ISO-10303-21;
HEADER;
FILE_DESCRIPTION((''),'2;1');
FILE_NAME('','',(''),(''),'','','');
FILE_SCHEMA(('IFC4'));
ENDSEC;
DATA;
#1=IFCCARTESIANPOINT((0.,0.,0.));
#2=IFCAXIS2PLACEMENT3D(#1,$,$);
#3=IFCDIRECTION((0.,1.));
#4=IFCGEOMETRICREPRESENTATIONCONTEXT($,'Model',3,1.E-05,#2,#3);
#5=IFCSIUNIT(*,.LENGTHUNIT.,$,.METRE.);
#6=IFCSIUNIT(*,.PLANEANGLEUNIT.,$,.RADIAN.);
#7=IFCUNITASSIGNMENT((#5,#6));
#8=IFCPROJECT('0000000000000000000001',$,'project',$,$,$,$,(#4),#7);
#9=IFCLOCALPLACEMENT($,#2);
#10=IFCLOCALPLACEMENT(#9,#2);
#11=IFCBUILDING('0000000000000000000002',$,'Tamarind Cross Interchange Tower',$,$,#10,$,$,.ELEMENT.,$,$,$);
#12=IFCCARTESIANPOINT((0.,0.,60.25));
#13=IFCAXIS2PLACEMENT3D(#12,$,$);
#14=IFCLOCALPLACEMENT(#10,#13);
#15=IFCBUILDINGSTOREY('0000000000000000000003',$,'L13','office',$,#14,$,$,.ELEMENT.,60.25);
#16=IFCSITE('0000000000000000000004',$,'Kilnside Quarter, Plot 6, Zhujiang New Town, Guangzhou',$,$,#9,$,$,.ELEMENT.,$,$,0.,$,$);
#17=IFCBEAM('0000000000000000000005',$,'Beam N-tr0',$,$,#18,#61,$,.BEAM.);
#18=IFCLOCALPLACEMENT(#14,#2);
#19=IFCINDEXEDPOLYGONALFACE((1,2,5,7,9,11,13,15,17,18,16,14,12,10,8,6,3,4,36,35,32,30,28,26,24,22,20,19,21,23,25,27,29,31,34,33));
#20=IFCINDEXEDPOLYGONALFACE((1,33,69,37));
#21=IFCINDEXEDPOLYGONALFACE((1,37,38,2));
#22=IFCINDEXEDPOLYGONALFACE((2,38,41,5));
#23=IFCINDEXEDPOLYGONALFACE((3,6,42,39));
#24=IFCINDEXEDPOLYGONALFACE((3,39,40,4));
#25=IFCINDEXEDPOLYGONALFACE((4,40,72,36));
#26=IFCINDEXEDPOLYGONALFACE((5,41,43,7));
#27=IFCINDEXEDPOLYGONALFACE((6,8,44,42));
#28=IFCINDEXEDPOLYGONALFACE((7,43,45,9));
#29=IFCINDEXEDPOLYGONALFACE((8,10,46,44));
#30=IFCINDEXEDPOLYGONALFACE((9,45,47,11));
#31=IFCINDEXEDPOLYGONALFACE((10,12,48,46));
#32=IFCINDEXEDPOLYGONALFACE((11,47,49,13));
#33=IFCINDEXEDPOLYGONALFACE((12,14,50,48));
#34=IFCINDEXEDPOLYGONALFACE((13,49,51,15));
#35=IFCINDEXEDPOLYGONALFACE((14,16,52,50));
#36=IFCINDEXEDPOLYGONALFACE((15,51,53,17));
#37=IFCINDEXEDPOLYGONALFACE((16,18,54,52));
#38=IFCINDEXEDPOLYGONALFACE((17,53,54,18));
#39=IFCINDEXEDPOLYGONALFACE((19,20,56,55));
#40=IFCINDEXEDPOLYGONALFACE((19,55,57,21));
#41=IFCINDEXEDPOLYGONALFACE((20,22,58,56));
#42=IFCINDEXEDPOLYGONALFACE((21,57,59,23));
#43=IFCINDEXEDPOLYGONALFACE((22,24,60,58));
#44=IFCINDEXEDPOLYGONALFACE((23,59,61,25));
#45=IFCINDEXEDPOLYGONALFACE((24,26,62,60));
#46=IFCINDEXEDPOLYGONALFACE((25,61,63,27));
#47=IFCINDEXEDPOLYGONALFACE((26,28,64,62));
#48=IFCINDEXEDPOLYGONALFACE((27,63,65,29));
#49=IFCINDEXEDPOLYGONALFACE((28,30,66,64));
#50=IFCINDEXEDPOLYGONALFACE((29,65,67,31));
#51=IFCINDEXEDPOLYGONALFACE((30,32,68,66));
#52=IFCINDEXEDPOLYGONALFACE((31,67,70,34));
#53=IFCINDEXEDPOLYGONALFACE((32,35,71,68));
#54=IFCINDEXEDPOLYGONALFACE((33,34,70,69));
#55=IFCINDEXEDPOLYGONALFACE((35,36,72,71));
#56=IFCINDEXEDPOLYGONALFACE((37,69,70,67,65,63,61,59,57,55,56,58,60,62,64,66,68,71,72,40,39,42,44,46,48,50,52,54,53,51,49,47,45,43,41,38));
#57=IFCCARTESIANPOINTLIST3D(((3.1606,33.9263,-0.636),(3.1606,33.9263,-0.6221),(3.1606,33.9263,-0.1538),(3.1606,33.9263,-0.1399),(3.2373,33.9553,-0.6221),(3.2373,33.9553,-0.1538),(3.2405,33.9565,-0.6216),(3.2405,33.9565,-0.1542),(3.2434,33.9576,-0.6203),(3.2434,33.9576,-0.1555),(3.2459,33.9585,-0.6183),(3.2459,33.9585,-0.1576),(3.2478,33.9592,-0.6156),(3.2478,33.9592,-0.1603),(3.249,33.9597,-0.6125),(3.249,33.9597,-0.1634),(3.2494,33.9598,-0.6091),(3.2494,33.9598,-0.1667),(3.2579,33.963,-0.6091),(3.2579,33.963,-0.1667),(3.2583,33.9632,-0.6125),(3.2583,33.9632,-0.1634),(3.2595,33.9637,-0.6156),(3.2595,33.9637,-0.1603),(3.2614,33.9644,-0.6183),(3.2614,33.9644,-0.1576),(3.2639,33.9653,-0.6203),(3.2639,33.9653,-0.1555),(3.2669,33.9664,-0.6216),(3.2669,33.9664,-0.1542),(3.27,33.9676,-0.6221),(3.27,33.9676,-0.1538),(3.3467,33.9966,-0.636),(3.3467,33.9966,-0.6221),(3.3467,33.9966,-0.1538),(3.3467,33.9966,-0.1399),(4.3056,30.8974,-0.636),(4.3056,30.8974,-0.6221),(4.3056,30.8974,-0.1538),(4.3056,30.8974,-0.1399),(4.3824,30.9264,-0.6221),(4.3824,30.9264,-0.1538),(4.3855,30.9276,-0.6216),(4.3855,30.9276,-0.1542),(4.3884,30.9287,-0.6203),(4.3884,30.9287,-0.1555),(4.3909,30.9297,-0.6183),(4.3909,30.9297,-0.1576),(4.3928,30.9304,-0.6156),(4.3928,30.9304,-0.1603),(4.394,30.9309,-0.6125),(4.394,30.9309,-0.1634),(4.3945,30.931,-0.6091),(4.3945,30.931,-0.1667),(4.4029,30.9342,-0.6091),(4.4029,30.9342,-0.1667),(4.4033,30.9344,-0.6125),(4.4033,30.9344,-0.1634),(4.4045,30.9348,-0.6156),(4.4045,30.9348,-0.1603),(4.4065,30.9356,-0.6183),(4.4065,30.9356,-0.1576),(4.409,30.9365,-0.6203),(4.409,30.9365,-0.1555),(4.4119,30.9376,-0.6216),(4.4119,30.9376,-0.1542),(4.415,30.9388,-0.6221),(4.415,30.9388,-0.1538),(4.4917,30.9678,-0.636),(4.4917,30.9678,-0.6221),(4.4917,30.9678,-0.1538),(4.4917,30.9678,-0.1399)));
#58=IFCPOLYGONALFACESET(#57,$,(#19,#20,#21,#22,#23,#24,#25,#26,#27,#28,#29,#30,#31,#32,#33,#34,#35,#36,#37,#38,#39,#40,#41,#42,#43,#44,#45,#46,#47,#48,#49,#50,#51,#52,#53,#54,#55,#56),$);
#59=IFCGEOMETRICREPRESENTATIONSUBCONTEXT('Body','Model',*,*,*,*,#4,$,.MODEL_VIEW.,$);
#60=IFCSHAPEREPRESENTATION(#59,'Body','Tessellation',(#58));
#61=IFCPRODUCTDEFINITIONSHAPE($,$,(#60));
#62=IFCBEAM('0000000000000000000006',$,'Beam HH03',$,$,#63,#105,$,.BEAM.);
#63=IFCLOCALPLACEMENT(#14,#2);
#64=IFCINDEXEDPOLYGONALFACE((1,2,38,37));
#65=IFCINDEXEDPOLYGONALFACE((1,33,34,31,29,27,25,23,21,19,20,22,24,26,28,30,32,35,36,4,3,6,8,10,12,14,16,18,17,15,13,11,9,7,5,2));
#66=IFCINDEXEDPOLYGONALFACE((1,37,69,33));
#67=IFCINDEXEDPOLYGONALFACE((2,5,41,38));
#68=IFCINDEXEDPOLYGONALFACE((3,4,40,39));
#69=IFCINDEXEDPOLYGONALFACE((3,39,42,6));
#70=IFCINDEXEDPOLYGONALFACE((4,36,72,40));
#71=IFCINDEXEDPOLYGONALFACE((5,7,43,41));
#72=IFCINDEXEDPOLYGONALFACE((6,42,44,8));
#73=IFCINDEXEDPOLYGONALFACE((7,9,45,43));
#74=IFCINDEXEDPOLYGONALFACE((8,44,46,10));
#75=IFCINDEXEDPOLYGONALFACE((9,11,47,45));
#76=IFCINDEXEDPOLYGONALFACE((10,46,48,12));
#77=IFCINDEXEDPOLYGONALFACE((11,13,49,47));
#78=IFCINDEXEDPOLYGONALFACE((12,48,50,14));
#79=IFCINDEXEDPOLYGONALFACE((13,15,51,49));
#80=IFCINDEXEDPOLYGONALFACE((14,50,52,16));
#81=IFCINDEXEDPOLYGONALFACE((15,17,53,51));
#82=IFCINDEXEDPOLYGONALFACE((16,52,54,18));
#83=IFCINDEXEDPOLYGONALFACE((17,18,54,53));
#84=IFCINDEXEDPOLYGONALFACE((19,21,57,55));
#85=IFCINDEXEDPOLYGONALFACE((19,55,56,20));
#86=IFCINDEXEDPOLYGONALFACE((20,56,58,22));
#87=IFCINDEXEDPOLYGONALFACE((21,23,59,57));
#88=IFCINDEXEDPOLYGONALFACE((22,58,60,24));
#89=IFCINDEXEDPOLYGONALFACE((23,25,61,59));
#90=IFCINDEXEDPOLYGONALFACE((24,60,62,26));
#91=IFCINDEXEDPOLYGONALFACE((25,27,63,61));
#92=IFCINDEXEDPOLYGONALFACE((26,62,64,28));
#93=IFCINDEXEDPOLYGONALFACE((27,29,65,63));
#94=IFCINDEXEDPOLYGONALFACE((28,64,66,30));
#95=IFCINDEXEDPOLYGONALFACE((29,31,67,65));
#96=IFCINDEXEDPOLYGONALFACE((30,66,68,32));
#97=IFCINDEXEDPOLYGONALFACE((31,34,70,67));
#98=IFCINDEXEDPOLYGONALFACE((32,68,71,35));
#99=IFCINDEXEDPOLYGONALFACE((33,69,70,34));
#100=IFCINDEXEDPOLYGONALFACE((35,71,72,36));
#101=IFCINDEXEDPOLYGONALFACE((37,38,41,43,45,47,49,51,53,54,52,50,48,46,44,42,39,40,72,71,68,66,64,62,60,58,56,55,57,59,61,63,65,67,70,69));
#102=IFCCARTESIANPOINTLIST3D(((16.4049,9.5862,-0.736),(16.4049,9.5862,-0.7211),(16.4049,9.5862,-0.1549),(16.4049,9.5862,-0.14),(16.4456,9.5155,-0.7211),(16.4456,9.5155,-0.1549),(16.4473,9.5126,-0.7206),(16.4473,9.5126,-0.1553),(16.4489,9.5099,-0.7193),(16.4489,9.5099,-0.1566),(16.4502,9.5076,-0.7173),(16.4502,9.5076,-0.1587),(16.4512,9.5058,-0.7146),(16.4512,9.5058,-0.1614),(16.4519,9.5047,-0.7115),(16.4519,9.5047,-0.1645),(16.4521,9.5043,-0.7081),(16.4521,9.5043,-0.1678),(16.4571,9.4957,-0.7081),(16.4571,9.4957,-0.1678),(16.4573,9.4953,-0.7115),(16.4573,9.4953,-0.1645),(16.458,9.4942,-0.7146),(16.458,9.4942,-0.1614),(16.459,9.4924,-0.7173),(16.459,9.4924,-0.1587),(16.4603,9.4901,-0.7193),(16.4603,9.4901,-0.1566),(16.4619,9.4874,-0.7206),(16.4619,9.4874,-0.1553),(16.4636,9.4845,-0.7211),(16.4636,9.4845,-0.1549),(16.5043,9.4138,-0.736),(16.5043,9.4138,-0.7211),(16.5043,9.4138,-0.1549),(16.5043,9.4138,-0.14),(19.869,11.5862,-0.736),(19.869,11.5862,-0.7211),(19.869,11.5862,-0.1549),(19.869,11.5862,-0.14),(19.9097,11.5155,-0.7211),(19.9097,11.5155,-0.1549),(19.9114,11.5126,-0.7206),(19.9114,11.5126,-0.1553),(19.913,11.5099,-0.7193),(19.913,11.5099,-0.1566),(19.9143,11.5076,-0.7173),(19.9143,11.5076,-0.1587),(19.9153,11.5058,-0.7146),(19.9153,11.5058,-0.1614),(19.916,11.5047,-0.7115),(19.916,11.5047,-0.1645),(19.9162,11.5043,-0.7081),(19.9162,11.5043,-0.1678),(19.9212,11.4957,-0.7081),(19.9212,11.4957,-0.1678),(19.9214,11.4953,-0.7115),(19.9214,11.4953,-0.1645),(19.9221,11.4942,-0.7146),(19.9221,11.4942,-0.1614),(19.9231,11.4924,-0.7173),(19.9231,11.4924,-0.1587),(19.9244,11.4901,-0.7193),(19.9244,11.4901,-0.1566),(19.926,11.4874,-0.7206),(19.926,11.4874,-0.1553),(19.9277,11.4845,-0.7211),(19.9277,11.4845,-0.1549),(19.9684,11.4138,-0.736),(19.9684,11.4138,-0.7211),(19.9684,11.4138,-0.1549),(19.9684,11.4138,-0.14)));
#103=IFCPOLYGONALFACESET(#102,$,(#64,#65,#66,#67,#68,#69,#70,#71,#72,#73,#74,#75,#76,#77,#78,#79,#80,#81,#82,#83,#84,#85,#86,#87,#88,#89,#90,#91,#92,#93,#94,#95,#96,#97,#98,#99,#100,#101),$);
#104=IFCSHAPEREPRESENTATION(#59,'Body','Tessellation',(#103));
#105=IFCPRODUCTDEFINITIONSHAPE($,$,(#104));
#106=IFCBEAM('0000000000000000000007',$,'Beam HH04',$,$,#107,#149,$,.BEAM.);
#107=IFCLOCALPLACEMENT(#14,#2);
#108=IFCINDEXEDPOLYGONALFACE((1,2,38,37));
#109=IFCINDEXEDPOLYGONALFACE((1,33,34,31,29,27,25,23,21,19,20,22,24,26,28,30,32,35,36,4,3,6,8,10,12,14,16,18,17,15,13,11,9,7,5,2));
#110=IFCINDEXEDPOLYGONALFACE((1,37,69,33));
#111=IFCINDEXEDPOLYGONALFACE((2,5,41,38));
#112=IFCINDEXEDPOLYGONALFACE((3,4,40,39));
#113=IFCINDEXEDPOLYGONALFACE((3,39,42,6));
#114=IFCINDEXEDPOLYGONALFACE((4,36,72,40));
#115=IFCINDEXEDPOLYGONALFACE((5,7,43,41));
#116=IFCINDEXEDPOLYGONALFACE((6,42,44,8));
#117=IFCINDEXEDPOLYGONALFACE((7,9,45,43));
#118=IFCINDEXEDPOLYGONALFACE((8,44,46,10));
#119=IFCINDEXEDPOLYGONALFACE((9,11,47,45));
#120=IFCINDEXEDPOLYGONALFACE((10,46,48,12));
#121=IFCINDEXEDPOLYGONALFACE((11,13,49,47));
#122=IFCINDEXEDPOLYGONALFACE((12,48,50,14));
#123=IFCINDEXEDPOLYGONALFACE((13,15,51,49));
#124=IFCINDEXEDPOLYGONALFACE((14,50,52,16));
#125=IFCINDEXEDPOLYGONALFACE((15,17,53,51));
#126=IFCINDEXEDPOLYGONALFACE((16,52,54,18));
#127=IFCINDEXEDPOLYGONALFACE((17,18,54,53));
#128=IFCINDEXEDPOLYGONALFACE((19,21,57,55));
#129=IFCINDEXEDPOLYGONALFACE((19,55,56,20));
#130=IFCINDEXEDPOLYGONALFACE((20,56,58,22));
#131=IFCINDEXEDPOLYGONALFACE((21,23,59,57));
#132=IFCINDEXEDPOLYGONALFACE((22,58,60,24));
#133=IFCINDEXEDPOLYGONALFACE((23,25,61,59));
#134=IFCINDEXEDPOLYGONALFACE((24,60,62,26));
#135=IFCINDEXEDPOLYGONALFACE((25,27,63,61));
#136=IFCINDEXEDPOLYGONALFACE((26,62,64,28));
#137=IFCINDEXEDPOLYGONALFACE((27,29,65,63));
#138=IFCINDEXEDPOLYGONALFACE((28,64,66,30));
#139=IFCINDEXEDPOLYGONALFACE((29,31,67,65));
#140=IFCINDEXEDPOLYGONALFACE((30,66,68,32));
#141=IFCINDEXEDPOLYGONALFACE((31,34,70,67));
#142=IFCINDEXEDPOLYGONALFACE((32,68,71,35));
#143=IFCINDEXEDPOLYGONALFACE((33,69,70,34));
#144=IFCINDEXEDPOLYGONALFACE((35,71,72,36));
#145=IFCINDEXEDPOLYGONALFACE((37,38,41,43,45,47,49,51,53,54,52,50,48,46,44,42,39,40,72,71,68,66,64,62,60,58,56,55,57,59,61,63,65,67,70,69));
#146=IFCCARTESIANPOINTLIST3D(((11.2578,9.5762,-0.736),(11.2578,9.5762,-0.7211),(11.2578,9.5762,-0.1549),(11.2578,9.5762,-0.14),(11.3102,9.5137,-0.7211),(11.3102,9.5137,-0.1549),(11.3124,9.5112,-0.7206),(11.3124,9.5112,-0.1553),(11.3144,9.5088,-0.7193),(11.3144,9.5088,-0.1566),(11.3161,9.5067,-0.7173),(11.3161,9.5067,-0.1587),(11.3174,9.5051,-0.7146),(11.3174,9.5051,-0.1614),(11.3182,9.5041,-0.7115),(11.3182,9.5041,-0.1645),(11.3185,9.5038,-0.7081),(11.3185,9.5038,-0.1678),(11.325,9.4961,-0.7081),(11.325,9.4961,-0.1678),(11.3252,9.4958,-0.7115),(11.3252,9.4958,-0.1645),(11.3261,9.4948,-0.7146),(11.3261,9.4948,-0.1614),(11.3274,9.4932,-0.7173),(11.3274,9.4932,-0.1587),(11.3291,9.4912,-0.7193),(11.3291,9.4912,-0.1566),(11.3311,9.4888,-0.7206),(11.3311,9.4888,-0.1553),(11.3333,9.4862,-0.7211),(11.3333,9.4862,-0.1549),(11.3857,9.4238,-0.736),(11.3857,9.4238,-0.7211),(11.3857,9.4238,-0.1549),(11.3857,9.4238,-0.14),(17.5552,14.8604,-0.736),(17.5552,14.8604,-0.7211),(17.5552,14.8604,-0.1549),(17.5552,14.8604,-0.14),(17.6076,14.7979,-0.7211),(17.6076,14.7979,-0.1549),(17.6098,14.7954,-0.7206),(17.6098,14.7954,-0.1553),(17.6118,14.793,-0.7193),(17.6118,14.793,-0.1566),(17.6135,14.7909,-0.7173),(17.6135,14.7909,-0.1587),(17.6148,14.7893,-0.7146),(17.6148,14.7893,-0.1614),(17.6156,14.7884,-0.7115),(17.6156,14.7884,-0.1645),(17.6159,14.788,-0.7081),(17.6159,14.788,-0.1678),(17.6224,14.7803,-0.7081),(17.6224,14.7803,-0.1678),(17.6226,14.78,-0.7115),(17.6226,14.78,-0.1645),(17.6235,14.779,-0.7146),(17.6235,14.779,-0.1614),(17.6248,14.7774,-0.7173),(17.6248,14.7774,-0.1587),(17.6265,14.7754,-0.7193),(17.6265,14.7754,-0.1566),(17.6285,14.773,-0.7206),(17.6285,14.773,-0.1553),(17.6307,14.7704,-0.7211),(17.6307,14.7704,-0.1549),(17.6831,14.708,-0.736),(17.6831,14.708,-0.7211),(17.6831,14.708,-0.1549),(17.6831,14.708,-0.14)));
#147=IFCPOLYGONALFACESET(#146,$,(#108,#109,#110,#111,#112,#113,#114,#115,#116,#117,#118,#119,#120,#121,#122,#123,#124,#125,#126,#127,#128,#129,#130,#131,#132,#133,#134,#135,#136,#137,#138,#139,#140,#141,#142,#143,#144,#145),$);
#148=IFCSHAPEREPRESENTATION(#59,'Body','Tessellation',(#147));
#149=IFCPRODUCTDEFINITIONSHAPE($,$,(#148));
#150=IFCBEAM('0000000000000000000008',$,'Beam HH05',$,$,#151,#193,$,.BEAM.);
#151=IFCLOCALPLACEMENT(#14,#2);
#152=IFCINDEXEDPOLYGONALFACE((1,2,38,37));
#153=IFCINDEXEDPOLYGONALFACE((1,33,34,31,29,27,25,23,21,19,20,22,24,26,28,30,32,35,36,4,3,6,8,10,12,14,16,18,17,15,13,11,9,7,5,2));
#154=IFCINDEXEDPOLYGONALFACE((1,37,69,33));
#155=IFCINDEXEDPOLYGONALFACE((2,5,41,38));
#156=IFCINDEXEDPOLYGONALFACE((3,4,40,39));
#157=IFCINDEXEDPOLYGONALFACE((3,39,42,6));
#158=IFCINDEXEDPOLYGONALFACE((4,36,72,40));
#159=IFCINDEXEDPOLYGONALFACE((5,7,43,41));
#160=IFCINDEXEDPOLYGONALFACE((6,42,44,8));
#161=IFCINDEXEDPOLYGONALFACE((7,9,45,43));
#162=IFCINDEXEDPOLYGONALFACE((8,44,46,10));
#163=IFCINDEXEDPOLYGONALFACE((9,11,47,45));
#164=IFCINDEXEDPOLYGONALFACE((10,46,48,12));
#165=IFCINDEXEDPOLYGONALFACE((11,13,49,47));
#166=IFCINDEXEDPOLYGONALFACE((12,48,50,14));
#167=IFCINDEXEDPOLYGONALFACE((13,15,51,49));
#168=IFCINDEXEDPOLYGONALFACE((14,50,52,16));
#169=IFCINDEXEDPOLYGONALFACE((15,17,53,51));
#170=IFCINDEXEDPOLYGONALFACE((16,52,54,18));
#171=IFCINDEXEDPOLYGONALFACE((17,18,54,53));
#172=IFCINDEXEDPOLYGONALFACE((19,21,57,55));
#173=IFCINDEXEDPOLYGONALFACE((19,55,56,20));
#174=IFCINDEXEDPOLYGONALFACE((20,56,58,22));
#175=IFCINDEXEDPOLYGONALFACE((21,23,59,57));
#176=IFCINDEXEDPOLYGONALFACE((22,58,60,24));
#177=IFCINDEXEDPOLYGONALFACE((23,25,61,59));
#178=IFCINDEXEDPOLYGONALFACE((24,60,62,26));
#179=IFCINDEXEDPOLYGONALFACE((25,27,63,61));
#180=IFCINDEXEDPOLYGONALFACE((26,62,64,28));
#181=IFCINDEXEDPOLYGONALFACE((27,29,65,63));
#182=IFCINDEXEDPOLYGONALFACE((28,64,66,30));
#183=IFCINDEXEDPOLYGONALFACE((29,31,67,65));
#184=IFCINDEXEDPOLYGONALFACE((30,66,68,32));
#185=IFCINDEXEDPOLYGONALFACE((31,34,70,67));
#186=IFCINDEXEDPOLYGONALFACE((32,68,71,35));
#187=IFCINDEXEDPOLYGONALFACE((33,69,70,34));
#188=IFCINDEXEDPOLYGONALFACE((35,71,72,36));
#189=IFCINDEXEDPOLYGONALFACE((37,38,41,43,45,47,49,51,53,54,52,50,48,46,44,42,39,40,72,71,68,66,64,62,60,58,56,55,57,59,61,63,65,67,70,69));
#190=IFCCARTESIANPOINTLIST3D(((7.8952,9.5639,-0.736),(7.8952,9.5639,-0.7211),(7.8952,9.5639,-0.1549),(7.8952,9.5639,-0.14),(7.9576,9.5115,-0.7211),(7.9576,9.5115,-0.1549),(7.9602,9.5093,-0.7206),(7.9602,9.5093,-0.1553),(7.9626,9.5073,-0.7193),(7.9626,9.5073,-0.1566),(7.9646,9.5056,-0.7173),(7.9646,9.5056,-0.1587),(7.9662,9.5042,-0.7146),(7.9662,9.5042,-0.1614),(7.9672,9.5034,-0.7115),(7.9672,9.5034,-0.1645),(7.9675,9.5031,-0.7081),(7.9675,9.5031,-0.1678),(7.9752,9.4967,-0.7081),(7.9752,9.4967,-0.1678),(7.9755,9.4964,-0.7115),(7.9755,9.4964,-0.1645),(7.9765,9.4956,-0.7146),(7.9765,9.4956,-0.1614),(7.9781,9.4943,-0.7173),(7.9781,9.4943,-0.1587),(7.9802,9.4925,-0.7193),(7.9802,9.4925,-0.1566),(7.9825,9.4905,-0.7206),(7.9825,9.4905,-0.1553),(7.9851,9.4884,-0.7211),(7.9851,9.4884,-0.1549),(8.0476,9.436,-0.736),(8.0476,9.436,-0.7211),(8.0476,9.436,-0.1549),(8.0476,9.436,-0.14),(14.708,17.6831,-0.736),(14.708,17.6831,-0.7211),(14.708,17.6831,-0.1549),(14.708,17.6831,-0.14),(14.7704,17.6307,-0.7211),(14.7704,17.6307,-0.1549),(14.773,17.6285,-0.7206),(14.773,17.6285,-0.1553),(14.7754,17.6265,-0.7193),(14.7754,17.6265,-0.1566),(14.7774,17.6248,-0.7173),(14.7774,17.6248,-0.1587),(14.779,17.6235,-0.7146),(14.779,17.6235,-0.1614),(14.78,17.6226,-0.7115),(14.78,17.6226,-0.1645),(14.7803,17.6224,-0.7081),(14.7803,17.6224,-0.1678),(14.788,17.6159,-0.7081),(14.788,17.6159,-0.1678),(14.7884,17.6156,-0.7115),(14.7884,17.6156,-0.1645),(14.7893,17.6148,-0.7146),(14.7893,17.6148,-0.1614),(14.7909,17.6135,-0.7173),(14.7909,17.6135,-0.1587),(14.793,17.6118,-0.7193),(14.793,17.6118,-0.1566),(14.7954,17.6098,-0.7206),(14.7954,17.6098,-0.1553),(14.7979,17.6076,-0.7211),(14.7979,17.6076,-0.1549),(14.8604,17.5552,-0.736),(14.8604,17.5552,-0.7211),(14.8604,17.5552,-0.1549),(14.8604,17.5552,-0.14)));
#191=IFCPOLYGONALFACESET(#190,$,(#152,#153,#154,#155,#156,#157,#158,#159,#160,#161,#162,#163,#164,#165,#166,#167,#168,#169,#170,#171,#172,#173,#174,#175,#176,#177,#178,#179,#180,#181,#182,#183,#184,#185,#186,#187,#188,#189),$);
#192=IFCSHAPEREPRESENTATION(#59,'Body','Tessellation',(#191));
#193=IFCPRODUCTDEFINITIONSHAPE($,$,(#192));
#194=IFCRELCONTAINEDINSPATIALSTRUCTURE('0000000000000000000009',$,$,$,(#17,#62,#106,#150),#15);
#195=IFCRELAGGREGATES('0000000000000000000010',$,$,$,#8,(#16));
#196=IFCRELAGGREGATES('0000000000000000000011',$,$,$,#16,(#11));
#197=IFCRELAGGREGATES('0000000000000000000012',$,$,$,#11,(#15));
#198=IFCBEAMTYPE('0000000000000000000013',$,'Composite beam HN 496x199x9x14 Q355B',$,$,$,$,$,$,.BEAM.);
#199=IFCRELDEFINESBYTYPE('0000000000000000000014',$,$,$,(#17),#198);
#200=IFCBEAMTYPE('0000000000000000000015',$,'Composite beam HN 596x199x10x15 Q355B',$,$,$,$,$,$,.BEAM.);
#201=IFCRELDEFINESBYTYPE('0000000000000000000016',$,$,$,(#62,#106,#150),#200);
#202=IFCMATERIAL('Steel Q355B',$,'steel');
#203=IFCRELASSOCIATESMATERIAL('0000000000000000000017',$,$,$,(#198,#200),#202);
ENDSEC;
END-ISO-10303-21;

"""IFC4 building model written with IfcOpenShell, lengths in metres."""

from ifc_helpers import new_model, si_unit, direction, frame, origin, origin_2d, place, context, subcontext, project, spatial, i_section, extrude, material, material_profile, profile_set, type_object, element, save


model = new_model("IFC4")

# Units and contexts
model_context = context("Model", 3, precision=1e-05, world=origin(), true_north=direction((0.0, 1.0)))
body_context = subcontext(model_context, "Body", "Model", "MODEL_VIEW")
ifc_project = project(units=[si_unit("LENGTHUNIT", "METRE"), si_unit("PLANEANGLEUNIT", "RADIAN")], contexts=[model_context])

# Site, building, storey
site_placement = place(None, origin())
site = spatial("IfcSite", under=ifc_project, at=site_placement, Name="Kilnside Quarter, Plot 6, Zhujiang New Town, Guangzhou", CompositionType="ELEMENT", RefElevation=0.0)
building_placement = place(site_placement, origin())
building = spatial("IfcBuilding", under=site, at=building_placement, Name="Tamarind Cross Interchange Tower", CompositionType="ELEMENT")
storey_placement = place(building_placement, frame((0.0, 0.0, 60.25)))
storey = spatial("IfcBuildingStorey", under=building, at=storey_placement, Name="L13", Description="office", CompositionType="ELEMENT", Elevation=60.25)

# Beams
ifc_material_1 = material(Name="Steel Q355B", Category="steel")
ifc_material_profile_1 = material_profile(ifc_material_1, i_section(OverallWidth=0.199, OverallDepth=0.4961, WebThickness=0.009, FlangeThickness=0.0139, FilletRadius=0.0129, at=origin_2d()), Name="HN 496x199x9x14")
ifc_profile_set_1 = profile_set([ifc_material_profile_1], Name="Steel Q355B")
beam_type_1 = type_object("IfcBeamType", Name="Composite beam HN 496x199x9x14 Q355B", PredefinedType="BEAM", material=ifc_profile_set_1)
beam_1_placement = place(storey_placement, frame((4.3987, 30.9326, -0.3879), z_axis=(-0.353618, 0.93539, 0.0), x_axis=(-0.93539, -0.353618, 0.0)))
element("IfcBeam", 1, at=beam_1_placement, inside=storey, type_object=beam_type_1, Name="Beam N-tr0", PredefinedType="BEAM", context=body_context, shape_type="SweptSolid", body=[
    extrude(i_section(OverallWidth=0.199, OverallDepth=0.4961, WebThickness=0.009, FlangeThickness=0.0139, FilletRadius=0.0129, at=origin_2d()), origin(), (0.0, 0.0, 1.0), 3.238),
])
ifc_material_profile_2 = material_profile(ifc_material_1, i_section(OverallWidth=0.199, OverallDepth=0.5959, WebThickness=0.01, FlangeThickness=0.0149, FilletRadius=0.0129, at=origin_2d()), Name="HN 596x199x10x15")
ifc_profile_set_2 = profile_set([ifc_material_profile_2], Name="Steel Q355B")
beam_type_2 = type_object("IfcBeamType", Name="Composite beam HN 596x199x10x15 Q355B", PredefinedType="BEAM", material=ifc_profile_set_2)
beam_2_placement = place(storey_placement, frame((19.9187, 11.5, -0.438), z_axis=(-0.866026, -0.499999, 0.0), x_axis=(0.499999, -0.866026, 0.0)))
element("IfcBeam", 2, at=beam_2_placement, inside=storey, type_object=beam_type_2, Name="Beam HH03", PredefinedType="BEAM", context=body_context, shape_type="SweptSolid", body=[
    extrude(i_section(OverallWidth=0.199, OverallDepth=0.5959, WebThickness=0.01, FlangeThickness=0.0149, FilletRadius=0.0129, at=origin_2d()), origin(), (0.0, 0.0, 1.0), 4.0),
])
beam_3_placement = place(storey_placement, frame((17.6191, 14.7842, -0.438), z_axis=(-0.766041, -0.642792, 0.0), x_axis=(0.642792, -0.766041, 0.0)))
element("IfcBeam", 3, at=beam_3_placement, inside=storey, type_object=beam_type_2, Name="Beam HH04", PredefinedType="BEAM", context=body_context, shape_type="SweptSolid", body=[
    extrude(i_section(OverallWidth=0.199, OverallDepth=0.5959, WebThickness=0.01, FlangeThickness=0.0149, FilletRadius=0.0129, at=origin_2d()), origin(), (0.0, 0.0, 1.0), 8.2207),
])
beam_4_placement = place(storey_placement, frame((14.7842, 17.6191, -0.438), z_axis=(-0.642786, -0.766046, 0.0), x_axis=(0.766046, -0.642786, 0.0)))
element("IfcBeam", 4, at=beam_4_placement, inside=storey, type_object=beam_type_2, Name="Beam HH05", PredefinedType="BEAM", context=body_context, shape_type="SweptSolid", body=[
    extrude(i_section(OverallWidth=0.199, OverallDepth=0.5959, WebThickness=0.01, FlangeThickness=0.0149, FilletRadius=0.0129, at=origin_2d()), origin(), (0.0, 0.0, 1.0), 10.5989),
])

save(model, "model.ifc")
